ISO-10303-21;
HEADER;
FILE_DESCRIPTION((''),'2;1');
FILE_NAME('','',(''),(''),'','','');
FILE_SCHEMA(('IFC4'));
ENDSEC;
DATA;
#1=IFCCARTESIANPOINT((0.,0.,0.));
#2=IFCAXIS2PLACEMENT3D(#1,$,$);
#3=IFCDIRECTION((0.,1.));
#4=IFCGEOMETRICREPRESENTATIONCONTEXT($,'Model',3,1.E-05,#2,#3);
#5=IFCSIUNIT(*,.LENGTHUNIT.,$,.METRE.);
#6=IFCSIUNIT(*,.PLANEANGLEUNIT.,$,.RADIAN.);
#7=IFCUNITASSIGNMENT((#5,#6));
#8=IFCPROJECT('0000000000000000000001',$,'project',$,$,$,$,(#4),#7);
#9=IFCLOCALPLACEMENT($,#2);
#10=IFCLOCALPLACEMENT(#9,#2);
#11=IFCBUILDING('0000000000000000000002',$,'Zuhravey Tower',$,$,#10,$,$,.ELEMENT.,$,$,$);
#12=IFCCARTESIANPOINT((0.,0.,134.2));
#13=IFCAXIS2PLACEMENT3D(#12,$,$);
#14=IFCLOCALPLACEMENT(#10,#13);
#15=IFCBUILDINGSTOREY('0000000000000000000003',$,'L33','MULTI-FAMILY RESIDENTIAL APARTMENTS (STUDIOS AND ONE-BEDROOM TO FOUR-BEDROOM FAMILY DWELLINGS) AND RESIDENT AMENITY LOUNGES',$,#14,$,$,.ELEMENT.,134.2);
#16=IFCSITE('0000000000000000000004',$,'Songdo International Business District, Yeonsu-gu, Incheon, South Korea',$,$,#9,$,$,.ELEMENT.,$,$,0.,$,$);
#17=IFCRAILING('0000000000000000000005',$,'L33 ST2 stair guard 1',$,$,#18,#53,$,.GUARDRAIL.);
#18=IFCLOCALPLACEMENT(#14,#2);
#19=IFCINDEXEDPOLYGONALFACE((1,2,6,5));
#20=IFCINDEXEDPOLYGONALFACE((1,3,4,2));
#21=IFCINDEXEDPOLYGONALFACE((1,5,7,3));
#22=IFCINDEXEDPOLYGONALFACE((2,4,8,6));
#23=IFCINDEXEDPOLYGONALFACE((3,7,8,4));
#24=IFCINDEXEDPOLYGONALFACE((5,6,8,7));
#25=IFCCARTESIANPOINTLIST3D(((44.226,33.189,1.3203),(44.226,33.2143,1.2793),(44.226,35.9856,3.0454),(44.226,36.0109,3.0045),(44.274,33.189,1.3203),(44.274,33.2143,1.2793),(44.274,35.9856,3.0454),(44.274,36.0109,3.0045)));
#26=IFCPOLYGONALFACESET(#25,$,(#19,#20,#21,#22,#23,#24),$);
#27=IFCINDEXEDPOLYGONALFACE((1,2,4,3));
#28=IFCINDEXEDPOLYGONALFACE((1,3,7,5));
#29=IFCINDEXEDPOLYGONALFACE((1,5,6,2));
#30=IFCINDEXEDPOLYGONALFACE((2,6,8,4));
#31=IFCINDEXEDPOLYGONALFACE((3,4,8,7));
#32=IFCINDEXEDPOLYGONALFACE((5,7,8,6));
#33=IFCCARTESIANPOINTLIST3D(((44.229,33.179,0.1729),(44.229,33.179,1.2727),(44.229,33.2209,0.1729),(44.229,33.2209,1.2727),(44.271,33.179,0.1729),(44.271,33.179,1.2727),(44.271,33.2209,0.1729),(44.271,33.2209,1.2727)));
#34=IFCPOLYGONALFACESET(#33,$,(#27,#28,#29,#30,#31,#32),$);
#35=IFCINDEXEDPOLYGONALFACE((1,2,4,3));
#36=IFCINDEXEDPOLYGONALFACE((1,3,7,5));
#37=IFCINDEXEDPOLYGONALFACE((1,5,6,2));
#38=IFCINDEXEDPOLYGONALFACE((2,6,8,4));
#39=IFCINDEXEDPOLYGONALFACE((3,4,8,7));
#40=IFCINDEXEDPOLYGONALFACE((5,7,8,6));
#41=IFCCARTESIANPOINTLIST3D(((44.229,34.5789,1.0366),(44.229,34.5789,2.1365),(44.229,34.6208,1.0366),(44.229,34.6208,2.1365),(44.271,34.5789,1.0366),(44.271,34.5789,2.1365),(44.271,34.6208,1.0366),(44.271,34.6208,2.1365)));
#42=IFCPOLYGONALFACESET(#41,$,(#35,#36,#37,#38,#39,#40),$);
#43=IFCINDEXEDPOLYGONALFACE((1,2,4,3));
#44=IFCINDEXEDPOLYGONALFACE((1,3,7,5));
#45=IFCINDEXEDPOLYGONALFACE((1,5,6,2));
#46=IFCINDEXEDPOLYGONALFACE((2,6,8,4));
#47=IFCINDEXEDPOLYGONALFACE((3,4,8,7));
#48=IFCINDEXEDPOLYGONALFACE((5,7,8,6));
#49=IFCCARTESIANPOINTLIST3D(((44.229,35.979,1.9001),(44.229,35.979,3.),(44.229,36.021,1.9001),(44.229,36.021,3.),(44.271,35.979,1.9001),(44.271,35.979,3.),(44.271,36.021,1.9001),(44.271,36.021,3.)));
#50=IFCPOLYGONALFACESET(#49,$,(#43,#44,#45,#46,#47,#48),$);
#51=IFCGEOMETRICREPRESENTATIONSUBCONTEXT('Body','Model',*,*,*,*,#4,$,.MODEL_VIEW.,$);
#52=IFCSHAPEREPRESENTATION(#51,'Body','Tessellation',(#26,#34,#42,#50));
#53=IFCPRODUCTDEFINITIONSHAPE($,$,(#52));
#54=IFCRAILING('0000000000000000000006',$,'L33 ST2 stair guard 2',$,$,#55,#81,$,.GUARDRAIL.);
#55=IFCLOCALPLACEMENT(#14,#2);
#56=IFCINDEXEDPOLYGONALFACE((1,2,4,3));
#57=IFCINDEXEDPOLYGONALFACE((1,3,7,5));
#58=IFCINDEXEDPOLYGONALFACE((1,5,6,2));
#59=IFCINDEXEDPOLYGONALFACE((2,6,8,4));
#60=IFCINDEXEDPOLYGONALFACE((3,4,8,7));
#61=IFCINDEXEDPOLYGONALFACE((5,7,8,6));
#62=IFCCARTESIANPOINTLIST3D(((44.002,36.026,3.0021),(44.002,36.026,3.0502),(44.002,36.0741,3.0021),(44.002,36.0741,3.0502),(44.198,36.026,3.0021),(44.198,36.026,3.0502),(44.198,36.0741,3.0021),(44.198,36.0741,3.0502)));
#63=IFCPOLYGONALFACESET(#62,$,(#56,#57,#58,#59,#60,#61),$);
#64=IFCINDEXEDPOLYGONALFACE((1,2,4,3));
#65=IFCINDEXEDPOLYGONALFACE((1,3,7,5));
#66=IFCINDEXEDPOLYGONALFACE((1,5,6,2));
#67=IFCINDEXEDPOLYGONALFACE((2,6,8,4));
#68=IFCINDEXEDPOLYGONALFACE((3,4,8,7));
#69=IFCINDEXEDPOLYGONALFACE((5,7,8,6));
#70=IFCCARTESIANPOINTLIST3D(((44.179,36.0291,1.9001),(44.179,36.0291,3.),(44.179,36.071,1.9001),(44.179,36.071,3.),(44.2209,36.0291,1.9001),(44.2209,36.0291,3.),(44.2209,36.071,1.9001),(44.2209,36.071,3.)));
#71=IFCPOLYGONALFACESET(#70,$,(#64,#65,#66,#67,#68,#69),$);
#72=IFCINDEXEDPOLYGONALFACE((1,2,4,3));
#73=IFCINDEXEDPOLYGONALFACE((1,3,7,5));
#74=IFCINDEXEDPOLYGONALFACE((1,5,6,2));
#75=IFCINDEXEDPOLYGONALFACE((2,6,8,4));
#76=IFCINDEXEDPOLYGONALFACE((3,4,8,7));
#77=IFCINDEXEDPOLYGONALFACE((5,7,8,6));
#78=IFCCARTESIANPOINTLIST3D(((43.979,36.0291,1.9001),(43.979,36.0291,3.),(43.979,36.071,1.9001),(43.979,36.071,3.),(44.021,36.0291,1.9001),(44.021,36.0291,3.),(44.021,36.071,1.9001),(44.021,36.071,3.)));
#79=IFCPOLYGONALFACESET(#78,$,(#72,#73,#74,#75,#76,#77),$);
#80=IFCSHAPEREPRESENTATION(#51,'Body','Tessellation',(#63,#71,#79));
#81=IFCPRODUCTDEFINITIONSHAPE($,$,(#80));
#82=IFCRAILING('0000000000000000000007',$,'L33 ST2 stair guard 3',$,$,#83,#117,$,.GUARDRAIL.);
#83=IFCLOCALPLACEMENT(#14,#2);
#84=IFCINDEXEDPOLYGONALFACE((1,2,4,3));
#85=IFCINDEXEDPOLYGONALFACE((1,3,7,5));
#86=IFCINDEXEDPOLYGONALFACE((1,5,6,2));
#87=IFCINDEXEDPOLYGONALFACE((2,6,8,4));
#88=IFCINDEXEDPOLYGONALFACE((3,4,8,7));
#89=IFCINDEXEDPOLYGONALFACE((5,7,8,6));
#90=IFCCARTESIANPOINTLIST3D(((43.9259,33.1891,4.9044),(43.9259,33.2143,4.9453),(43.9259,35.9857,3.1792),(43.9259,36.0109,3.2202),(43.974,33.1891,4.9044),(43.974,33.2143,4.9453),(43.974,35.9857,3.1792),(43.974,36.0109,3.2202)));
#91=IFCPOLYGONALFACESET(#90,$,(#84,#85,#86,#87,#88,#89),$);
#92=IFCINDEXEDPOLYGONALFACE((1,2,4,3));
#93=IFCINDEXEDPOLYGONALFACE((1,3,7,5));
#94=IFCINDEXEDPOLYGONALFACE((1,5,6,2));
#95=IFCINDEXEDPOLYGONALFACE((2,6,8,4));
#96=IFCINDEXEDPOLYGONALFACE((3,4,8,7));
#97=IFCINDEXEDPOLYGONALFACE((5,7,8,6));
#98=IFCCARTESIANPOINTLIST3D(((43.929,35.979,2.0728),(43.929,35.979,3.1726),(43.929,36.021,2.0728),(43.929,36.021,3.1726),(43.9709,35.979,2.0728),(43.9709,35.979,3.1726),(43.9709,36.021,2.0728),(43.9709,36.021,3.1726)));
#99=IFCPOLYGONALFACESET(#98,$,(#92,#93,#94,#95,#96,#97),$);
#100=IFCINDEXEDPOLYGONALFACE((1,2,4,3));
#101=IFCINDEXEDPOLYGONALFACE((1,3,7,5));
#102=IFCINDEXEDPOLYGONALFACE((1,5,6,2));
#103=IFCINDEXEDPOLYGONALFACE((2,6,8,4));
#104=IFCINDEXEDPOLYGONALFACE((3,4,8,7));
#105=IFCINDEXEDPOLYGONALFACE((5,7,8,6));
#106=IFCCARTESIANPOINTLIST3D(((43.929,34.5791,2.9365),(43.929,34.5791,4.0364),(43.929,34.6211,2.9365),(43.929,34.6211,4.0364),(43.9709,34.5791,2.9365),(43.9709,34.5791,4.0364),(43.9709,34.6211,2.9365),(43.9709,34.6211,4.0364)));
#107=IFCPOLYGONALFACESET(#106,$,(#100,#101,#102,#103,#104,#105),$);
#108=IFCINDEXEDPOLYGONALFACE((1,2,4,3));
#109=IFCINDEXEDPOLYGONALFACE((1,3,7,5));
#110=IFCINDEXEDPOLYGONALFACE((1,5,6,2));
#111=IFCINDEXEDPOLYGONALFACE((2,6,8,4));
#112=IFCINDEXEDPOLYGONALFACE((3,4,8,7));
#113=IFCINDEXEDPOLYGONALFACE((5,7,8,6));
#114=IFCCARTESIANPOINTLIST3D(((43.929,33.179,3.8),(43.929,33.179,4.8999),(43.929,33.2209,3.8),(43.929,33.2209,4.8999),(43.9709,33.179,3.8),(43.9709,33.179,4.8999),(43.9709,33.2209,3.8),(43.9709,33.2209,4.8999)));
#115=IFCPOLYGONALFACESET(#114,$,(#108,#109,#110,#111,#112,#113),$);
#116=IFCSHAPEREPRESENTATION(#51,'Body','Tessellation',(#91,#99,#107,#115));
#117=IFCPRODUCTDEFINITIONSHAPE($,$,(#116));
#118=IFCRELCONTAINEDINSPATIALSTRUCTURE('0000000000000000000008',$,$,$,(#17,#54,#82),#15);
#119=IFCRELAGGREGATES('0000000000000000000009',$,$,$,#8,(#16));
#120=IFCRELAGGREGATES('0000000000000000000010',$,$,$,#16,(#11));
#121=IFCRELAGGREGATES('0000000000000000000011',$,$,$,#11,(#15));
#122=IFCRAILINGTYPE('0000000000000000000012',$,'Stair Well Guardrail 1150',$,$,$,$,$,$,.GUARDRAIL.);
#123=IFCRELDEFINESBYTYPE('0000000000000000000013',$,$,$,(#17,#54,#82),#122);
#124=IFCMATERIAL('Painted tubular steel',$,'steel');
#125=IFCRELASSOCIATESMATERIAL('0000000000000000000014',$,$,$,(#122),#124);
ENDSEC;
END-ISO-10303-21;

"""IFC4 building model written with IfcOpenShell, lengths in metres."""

from ifc_helpers import new_model, si_unit, direction, frame, origin, origin_2d, place, context, subcontext, project, spatial, rectangle, extrude, material, type_object, element, save


model = new_model("IFC4")

# Units and contexts
model_context = context("Model", 3, precision=1e-05, world=origin(), true_north=direction((0.0, 1.0)))
body_context = subcontext(model_context, "Body", "Model", "MODEL_VIEW")
ifc_project = project(units=[si_unit("LENGTHUNIT", "METRE"), si_unit("PLANEANGLEUNIT", "RADIAN")], contexts=[model_context])

# Site, building, storey
site_placement = place(None, origin())
site = spatial("IfcSite", under=ifc_project, at=site_placement, Name="Songdo International Business District, Yeonsu-gu, Incheon, South Korea", CompositionType="ELEMENT", RefElevation=0.0)
building_placement = place(site_placement, origin())
building = spatial("IfcBuilding", under=site, at=building_placement, Name="Zuhravey Tower", CompositionType="ELEMENT")
storey_placement = place(building_placement, frame((0.0, 0.0, 134.2)))
storey = spatial("IfcBuildingStorey", under=building, at=storey_placement, Name="L33", Description="MULTI-FAMILY RESIDENTIAL APARTMENTS (STUDIOS AND ONE-BEDROOM TO FOUR-BEDROOM FAMILY DWELLINGS) AND RESIDENT AMENITY LOUNGES", CompositionType="ELEMENT", Elevation=134.2)

# Railings
ifc_material_1 = material(Name="Painted tubular steel", Category="steel")
railing_type_1 = type_object("IfcRailingType", Name="Stair Well Guardrail 1150", PredefinedType="GUARDRAIL", material=ifc_material_1)
railing_1_placement = place(storey_placement, frame((44.25, 33.2, 0.1729)))
element("IfcRailing", 1, at=railing_1_placement, inside=storey, type_object=railing_type_1, Name="L33 ST2 stair guard 1", PredefinedType="GUARDRAIL", context=body_context, shape_type="SweptSolid", body=[
    extrude(rectangle(XDim=0.0481, YDim=0.0481, at=origin_2d()), frame((0.0, 0.0017, 1.127), z_axis=(0.0, 0.85109, 0.52502), x_axis=(-1.0, 0.0, 0.0)), (0.0, 0.0, 1.0), 3.2859),
    extrude(rectangle(XDim=0.042, YDim=0.042, at=origin_2d()), origin(), (0.0, 0.0, 1.0), 1.0999),
    extrude(rectangle(XDim=0.042, YDim=0.042, at=origin_2d()), frame((0.0, 1.3999, 0.8638)), (0.0, 0.0, 1.0), 1.0999),
    extrude(rectangle(XDim=0.042, YDim=0.042, at=origin_2d()), frame((0.0, 2.8, 1.7273)), (0.0, 0.0, 1.0), 1.0999),
])
railing_2_placement = place(storey_placement, frame((44.2, 36.05, 1.9001)))
element("IfcRailing", 2, at=railing_2_placement, inside=storey, type_object=railing_type_1, Name="L33 ST2 stair guard 2", PredefinedType="GUARDRAIL", context=body_context, shape_type="SweptSolid", body=[
    extrude(rectangle(XDim=0.0481, YDim=0.0481, at=origin_2d()), frame((-0.002, 0.0, 1.126), z_axis=(-1.0, 0.0, 0.0), x_axis=(0.0, -1.0, 0.0)), (0.0, 0.0, 1.0), 0.196),
    extrude(rectangle(XDim=0.042, YDim=0.042, at=origin_2d()), origin(), (0.0, 0.0, 1.0), 1.0999),
    extrude(rectangle(XDim=0.042, YDim=0.042, at=origin_2d()), frame((-0.2, 0.0, 0.0)), (0.0, 0.0, 1.0), 1.0999),
])
railing_3_placement = place(storey_placement, frame((43.95, 36.0, 2.0728)))
element("IfcRailing", 3, at=railing_3_placement, inside=storey, type_object=railing_type_1, Name="L33 ST2 stair guard 3", PredefinedType="GUARDRAIL", context=body_context, shape_type="SweptSolid", body=[
    extrude(rectangle(XDim=0.0481, YDim=0.0481, at=origin_2d()), frame((0.0, -0.0017, 1.127), z_axis=(0.0, -0.85109, 0.52502), x_axis=(1.0, 0.0, 0.0)), (0.0, 0.0, 1.0), 3.2859),
    extrude(rectangle(XDim=0.042, YDim=0.042, at=origin_2d()), origin(), (0.0, 0.0, 1.0), 1.0999),
    extrude(rectangle(XDim=0.042, YDim=0.042, at=origin_2d()), frame((0.0, -1.3999, 0.8638)), (0.0, 0.0, 1.0), 1.0999),
    extrude(rectangle(XDim=0.042, YDim=0.042, at=origin_2d()), frame((0.0, -2.8, 1.7273)), (0.0, 0.0, 1.0), 1.0999),
])

save(model, "model.ifc")
